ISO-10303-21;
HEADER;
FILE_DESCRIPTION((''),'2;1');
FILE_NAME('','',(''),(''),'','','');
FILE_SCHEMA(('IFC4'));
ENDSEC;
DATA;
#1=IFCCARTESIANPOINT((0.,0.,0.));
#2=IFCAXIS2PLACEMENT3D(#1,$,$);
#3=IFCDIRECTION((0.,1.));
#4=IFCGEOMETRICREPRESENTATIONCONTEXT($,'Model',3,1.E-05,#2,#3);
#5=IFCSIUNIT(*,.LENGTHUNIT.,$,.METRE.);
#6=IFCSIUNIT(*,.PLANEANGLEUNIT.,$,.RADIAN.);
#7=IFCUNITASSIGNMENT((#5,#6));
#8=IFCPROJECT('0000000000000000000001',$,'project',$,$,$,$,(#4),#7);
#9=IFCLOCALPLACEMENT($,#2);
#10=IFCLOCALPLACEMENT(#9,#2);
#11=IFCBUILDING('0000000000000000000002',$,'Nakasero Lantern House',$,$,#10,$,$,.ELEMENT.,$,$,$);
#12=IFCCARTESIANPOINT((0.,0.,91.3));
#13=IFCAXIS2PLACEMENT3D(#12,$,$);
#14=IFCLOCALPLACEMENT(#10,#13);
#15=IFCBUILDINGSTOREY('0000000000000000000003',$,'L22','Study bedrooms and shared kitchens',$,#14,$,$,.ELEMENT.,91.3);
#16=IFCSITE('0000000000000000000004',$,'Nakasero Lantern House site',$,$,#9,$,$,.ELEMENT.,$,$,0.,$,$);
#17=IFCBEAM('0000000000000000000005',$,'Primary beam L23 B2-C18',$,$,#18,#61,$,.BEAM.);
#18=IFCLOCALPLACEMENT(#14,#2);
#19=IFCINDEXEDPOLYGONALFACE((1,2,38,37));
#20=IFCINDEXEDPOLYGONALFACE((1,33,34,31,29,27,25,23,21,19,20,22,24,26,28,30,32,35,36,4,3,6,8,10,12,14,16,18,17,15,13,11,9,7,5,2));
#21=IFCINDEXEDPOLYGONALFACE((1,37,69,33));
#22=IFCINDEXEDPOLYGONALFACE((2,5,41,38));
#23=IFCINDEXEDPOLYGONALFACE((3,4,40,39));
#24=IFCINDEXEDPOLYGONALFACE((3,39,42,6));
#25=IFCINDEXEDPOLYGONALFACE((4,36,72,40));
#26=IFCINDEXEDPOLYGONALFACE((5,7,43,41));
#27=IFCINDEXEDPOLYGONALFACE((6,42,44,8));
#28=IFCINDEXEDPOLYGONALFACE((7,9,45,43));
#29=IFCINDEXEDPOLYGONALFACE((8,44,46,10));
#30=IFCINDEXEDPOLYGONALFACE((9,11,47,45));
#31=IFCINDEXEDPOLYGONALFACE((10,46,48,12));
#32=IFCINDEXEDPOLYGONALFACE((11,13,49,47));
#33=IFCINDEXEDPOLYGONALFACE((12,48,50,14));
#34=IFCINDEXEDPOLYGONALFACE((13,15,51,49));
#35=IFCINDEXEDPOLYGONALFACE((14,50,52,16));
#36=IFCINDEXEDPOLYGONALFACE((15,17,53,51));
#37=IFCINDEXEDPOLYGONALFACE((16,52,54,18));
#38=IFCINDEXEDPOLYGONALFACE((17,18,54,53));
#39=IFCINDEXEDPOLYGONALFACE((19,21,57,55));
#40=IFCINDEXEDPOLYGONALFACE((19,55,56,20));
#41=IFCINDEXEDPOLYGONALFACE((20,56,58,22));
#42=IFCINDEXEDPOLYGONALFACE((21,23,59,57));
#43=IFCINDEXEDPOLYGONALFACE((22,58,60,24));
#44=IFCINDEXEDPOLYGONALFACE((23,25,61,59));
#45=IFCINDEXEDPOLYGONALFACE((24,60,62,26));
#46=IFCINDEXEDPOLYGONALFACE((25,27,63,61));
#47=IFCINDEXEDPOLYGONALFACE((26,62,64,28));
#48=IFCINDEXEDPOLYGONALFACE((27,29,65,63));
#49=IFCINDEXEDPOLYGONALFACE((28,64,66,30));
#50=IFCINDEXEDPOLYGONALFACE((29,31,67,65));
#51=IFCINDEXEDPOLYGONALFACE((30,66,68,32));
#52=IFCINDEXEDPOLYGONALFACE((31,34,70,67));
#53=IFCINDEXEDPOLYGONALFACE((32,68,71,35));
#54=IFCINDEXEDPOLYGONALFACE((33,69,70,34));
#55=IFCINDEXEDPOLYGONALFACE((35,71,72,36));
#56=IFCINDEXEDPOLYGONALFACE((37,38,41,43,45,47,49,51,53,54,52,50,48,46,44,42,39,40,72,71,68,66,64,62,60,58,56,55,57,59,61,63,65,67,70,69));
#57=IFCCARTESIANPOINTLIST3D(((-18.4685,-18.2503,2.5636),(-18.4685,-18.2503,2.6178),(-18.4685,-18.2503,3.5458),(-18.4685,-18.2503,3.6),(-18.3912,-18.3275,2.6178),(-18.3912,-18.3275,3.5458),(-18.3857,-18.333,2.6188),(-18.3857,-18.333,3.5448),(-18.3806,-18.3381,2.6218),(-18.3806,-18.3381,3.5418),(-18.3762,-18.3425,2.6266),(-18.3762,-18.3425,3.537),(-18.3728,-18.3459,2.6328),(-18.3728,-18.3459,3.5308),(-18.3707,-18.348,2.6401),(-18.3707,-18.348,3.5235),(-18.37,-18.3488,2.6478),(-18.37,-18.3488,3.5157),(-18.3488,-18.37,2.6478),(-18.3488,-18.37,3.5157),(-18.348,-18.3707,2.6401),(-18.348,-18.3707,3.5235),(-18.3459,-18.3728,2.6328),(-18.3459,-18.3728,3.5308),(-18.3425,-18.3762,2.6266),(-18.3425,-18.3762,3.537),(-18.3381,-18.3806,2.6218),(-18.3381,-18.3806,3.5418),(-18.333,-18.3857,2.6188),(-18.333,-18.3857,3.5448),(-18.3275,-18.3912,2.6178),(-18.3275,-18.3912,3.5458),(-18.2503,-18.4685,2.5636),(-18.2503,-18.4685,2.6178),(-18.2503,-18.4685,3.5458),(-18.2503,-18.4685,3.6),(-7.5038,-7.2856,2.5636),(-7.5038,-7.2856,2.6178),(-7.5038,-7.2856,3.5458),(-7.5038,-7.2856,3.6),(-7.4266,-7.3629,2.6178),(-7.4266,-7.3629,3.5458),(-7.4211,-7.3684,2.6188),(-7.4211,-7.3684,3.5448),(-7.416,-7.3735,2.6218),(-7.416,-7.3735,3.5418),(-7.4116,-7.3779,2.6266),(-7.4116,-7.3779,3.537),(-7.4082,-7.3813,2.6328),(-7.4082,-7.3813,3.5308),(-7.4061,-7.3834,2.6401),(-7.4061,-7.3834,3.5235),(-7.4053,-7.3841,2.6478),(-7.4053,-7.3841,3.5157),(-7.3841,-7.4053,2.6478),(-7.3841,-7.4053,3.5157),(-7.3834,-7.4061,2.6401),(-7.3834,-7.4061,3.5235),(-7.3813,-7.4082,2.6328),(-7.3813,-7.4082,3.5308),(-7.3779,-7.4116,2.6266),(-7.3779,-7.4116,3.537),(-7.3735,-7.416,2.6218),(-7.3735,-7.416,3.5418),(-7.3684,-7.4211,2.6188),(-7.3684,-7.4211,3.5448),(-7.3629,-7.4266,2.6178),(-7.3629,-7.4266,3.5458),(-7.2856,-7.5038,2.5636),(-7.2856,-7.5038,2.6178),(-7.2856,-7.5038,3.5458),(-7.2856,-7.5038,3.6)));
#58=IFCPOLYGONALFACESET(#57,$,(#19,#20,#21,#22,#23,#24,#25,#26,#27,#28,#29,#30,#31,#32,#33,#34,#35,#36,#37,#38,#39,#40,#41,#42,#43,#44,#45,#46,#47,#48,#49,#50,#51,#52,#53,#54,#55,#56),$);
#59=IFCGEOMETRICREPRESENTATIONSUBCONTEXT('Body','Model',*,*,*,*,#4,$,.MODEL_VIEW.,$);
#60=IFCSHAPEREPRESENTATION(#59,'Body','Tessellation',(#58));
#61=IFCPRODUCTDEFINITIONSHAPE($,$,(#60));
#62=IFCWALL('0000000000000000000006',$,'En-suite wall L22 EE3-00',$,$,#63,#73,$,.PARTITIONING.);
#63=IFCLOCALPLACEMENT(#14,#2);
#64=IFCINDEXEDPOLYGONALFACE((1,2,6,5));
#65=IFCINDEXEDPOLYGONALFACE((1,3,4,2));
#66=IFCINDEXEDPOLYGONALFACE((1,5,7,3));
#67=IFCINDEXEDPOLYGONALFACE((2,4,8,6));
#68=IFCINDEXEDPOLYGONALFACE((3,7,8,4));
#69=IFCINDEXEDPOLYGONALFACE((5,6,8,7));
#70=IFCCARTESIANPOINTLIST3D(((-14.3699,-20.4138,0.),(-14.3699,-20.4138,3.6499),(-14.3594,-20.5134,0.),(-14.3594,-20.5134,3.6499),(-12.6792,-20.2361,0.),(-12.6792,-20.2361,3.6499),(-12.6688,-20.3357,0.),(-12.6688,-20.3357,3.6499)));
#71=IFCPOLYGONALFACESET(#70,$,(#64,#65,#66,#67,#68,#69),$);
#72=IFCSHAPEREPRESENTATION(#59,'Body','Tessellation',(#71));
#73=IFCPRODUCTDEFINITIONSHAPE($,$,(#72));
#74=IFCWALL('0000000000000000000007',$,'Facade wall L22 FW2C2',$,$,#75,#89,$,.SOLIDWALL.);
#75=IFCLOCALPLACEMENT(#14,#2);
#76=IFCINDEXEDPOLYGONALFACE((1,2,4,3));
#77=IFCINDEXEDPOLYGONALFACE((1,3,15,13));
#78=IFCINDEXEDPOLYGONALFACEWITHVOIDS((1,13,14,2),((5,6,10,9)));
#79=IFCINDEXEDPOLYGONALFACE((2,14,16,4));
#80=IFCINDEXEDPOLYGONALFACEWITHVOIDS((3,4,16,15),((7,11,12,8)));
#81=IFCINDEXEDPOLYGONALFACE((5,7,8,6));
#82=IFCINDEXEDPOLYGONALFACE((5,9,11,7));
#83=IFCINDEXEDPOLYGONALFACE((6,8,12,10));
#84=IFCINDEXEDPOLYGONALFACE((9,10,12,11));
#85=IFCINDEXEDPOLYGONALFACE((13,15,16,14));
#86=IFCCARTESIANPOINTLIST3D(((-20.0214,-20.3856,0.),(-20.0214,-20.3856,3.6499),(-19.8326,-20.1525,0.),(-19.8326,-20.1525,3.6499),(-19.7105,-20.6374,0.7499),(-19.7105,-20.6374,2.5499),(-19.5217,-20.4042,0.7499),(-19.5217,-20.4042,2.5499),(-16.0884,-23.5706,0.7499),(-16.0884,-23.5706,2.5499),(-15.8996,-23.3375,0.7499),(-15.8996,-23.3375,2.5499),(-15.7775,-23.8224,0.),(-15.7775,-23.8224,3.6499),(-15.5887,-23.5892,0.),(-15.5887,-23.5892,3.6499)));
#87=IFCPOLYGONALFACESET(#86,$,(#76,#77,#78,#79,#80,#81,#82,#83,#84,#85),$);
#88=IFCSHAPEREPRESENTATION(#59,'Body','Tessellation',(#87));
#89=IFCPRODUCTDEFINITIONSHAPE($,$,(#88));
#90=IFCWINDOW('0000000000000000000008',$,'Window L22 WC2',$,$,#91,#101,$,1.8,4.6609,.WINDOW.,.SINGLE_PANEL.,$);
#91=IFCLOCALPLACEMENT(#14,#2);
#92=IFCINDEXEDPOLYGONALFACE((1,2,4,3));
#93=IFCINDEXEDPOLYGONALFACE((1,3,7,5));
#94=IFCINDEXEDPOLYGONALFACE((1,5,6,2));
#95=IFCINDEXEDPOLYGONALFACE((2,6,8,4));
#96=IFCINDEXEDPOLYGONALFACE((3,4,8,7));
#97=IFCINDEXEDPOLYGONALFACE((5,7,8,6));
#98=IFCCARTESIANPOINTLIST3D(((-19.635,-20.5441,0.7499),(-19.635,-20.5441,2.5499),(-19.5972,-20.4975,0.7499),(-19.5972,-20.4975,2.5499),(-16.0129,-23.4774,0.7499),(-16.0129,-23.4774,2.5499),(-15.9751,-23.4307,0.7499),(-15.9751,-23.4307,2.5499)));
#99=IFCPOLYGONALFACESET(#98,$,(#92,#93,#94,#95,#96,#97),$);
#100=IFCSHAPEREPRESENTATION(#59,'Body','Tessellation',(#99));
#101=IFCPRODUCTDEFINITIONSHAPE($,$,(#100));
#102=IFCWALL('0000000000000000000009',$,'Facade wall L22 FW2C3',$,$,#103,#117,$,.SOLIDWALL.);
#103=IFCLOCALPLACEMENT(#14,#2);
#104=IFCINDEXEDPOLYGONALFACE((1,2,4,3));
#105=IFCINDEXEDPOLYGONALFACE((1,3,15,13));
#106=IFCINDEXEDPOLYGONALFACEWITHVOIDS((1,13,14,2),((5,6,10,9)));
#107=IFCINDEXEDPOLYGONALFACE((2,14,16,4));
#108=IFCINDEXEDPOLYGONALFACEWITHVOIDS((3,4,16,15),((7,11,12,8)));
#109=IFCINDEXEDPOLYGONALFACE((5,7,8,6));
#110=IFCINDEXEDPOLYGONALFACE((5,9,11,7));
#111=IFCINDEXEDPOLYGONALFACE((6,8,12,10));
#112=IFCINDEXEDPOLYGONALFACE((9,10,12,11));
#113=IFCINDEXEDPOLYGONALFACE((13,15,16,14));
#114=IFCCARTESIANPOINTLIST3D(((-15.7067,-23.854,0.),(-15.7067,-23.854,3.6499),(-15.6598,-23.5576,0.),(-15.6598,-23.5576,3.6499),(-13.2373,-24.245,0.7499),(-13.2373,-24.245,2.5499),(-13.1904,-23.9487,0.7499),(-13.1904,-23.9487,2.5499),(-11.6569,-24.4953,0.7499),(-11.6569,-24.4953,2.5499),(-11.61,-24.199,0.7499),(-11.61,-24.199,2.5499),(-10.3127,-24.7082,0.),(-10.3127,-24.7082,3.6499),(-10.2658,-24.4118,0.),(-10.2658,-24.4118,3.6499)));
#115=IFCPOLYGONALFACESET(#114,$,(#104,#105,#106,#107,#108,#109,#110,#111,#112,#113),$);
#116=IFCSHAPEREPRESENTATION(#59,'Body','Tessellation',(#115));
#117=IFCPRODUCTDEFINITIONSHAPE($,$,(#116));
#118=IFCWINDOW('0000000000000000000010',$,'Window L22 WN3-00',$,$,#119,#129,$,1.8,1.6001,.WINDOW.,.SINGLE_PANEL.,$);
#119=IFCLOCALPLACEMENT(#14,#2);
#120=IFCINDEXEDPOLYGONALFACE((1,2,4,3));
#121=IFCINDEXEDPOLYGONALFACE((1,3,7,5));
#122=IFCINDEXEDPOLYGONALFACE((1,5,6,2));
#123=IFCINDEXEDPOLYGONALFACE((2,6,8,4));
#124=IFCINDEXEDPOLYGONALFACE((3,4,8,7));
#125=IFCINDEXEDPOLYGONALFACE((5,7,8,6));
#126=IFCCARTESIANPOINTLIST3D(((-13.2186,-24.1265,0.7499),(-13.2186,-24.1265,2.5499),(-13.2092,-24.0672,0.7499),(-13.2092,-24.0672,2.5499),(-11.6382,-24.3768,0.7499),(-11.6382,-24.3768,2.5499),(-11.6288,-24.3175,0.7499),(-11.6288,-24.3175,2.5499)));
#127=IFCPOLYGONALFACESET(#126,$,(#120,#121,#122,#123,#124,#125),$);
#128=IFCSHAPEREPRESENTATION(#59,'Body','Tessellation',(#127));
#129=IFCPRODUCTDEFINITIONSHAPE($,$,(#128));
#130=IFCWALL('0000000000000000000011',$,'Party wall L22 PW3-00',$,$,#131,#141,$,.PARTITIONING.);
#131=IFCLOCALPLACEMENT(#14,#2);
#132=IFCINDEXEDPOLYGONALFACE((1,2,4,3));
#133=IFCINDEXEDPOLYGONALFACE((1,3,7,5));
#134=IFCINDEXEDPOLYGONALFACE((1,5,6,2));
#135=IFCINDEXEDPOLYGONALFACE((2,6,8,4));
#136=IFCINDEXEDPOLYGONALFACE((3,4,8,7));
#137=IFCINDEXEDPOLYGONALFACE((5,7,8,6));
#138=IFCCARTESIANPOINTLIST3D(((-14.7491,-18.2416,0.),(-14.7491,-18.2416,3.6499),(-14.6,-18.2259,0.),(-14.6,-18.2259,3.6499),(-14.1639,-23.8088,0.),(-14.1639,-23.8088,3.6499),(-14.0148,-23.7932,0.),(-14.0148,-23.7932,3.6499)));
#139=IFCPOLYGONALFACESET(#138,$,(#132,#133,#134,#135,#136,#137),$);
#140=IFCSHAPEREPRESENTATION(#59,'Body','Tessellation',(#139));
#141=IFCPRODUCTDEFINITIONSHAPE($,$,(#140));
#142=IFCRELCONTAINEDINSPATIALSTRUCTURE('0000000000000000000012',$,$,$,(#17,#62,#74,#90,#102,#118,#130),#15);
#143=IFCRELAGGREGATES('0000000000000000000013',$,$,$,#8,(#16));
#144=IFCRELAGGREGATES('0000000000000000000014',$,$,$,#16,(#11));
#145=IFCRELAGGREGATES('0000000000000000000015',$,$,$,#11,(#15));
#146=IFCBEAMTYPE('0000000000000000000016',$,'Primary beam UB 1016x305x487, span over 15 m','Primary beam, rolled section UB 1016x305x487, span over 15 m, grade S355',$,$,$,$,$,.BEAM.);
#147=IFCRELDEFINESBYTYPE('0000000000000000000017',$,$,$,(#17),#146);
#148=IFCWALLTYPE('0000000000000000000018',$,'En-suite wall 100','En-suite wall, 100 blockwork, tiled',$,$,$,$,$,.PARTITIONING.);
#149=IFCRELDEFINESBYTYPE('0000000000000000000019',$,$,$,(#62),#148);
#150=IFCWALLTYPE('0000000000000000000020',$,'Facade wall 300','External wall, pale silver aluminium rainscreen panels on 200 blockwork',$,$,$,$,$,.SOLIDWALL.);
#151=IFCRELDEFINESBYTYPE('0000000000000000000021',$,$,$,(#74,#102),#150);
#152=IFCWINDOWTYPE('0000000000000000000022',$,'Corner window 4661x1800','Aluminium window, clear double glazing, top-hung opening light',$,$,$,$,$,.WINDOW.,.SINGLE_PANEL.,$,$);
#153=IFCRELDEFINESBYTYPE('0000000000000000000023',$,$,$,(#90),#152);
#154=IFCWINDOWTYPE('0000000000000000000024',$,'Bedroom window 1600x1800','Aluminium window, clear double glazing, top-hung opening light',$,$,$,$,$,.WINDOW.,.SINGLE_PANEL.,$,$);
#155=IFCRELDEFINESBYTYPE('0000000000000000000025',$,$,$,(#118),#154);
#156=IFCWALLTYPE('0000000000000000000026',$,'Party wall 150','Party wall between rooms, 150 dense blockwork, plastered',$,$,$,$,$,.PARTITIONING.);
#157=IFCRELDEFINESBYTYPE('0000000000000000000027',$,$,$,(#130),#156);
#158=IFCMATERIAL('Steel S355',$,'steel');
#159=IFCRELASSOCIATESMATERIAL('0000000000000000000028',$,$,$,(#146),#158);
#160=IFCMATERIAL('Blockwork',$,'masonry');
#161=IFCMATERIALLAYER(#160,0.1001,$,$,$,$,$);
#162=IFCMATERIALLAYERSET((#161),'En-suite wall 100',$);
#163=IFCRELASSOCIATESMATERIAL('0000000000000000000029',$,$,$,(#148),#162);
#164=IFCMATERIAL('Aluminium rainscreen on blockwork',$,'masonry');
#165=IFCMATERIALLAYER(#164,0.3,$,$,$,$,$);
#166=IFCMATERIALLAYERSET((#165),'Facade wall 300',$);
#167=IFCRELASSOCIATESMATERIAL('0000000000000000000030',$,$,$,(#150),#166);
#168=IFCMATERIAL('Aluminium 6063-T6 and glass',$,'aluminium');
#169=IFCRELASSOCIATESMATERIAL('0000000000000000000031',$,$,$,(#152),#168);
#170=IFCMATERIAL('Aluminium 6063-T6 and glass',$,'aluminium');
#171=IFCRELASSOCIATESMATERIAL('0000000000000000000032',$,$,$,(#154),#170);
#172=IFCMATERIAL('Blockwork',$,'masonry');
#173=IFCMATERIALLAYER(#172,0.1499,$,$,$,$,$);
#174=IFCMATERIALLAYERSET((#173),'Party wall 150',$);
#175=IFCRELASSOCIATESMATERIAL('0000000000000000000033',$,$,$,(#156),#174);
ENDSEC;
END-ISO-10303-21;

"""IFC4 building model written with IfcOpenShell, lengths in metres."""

from ifc_helpers import new_model, si_unit, direction, frame, frame_2d, origin, origin_2d, place, context, subcontext, project, spatial, rectangle, i_section, extrude, material, layer, layer_set, material_profile, profile_set, type_object, element, fill, save


model = new_model("IFC4")

# Units and contexts
model_context = context("Model", 3, precision=1e-05, world=origin(), true_north=direction((0.0, 1.0)))
body_context = subcontext(model_context, "Body", "Model", "MODEL_VIEW")
ifc_project = project(units=[si_unit("LENGTHUNIT", "METRE"), si_unit("PLANEANGLEUNIT", "RADIAN")], contexts=[model_context])

# Site, building, storey
site_placement = place(None, origin())
site = spatial("IfcSite", under=ifc_project, at=site_placement, Name="Nakasero Lantern House site", CompositionType="ELEMENT", RefElevation=0.0)
building_placement = place(site_placement, origin())
building = spatial("IfcBuilding", under=site, at=building_placement, Name="Nakasero Lantern House", CompositionType="ELEMENT")
storey_placement = place(building_placement, frame((0.0, 0.0, 91.3)))
storey = spatial("IfcBuildingStorey", under=building, at=storey_placement, Name="L22", Description="Study bedrooms and shared kitchens", CompositionType="ELEMENT", Elevation=91.3)

# Beam
ifc_material_1 = material(Name="Steel S355", Category="steel")
ifc_material_profile_1 = material_profile(ifc_material_1, i_section(OverallWidth=0.3086, OverallDepth=1.0364, WebThickness=0.03, FlangeThickness=0.0542, FilletRadius=0.03, at=origin_2d()), Name="UB 1016x305x487")
ifc_profile_set_1 = profile_set([ifc_material_profile_1], Name="Steel S355")
beam_type_1 = type_object("IfcBeamType", Name="Primary beam UB 1016x305x487, span over 15 m", Description="Primary beam, rolled section UB 1016x305x487, span over 15 m, grade S355", PredefinedType="BEAM", material=ifc_profile_set_1)
beam_1_placement = place(storey_placement, frame((-18.3594, -18.3594, 3.0818), z_axis=(0.707107, 0.707107, 0.0), x_axis=(-0.707107, 0.707107, 0.0)))
element("IfcBeam", 1, at=beam_1_placement, inside=storey, type_object=beam_type_1, Name="Primary beam L23 B2-C18", PredefinedType="BEAM", context=body_context, shape_type="SweptSolid", body=[
    extrude(i_section(OverallWidth=0.3086, OverallDepth=1.0364, WebThickness=0.03, FlangeThickness=0.0542, FilletRadius=0.03, at=origin_2d()), origin(), (0.0, 0.0, 1.0), 15.5063),
])

# Wall
ifc_material_2 = material(Name="Blockwork", Category="masonry")
ifc_layer_1 = layer(ifc_material_2, 0.1001)
ifc_layer_set_1 = layer_set([ifc_layer_1], Name="En-suite wall 100")
wall_type_1 = type_object("IfcWallType", Name="En-suite wall 100", Description="En-suite wall, 100 blockwork, tiled", PredefinedType="PARTITIONING", material=ifc_layer_set_1)
wall_1_placement = place(storey_placement, frame((-14.3647, -20.4636, 0.0), z_axis=(0.0, 0.0, 1.0), x_axis=(0.99452, 0.10455, 0.0)))
element("IfcWall", 2, at=wall_1_placement, inside=storey, type_object=wall_type_1, Name="En-suite wall L22 EE3-00", PredefinedType="PARTITIONING", context=body_context, shape_type="SweptSolid", body=[
    extrude(rectangle(XDim=1.7, YDim=0.1001, at=frame_2d((0.8501, 0.0))), origin(), (0.0, 0.0, 1.0), 3.6499),
])

# Walls, openings, windows
ifc_material_3 = material(Name="Aluminium rainscreen on blockwork", Category="masonry")
ifc_layer_2 = layer(ifc_material_3, 0.3)
ifc_layer_set_2 = layer_set([ifc_layer_2], Name="Facade wall 300")
wall_type_2 = type_object("IfcWallType", Name="Facade wall 300", Description="External wall, pale silver aluminium rainscreen panels on 200 blockwork", PredefinedType="SOLIDWALL", material=ifc_layer_set_2)
wall_2_placement = place(storey_placement, frame((-19.927, -20.269, 0.0), z_axis=(0.0, 0.0, 1.0), x_axis=(0.777135, -0.629335, 0.0)))
wall_2 = element("IfcWall", 3, at=wall_2_placement, inside=storey, type_object=wall_type_2, Name="Facade wall L22 FW2C2", PredefinedType="SOLIDWALL", context=body_context, shape_type="SweptSolid", body=[
    extrude(rectangle(XDim=5.4609, YDim=0.3, at=frame_2d((2.7305, 0.0))), origin(), (0.0, 0.0, 1.0), 3.6499),
])
opening_1_placement = place(wall_2_placement, frame((0.3999, 0.0, 0.75)))
opening_1 = element("IfcOpeningElement", 4, at=opening_1_placement, cuts=wall_2, PredefinedType="OPENING", context=body_context, shape_type="SweptSolid", body=[
    extrude(rectangle(XDim=4.6609, YDim=1.8, at=frame_2d((2.3306, 0.8999))), frame((0.0, 0.1699, 0.0), z_axis=(0.0, -1.0, 0.0), x_axis=(1.0, 0.0, 0.0)), (0.0, 0.0, 1.0), 0.3401),
])
ifc_material_4 = material(Name="Aluminium 6063-T6 and glass", Category="aluminium")
window_type_1 = type_object("IfcWindowType", Name="Corner window 4661x1800", Description="Aluminium window, clear double glazing, top-hung opening light", PartitioningType="SINGLE_PANEL", PredefinedType="WINDOW", material=ifc_material_4)
window_1_placement = place(opening_1_placement, origin())
window_1 = element("IfcWindow", 5, at=window_1_placement, inside=storey, type_object=window_type_1, Name="Window L22 WC2", OverallHeight=1.8, OverallWidth=4.6609, PartitioningType="SINGLE_PANEL", PredefinedType="WINDOW", context=body_context, shape_type="SweptSolid", body=[
    extrude(rectangle(XDim=4.6609, YDim=1.8, at=frame_2d((2.3306, 0.8999))), frame((0.0, 0.03, 0.0), z_axis=(0.0, -1.0, 0.0), x_axis=(1.0, 0.0, 0.0)), (0.0, 0.0, 1.0), 0.0601),
])
fill(opening_1, window_1)
wall_3_placement = place(storey_placement, frame((-15.6831, -23.7058, 0.0), z_axis=(0.0, 0.0, 1.0), x_axis=(0.987691, -0.156419, 0.0)))
wall_3 = element("IfcWall", 6, at=wall_3_placement, inside=storey, type_object=wall_type_2, Name="Facade wall L22 FW2C3", PredefinedType="SOLIDWALL", context=body_context, shape_type="SweptSolid", body=[
    extrude(rectangle(XDim=5.4612, YDim=0.3, at=frame_2d((2.7305, 0.0))), origin(), (0.0, 0.0, 1.0), 3.6499),
])
opening_2_placement = place(wall_3_placement, frame((2.5, 0.0, 0.75)))
opening_2 = element("IfcOpeningElement", 7, at=opening_2_placement, cuts=wall_3, PredefinedType="OPENING", context=body_context, shape_type="SweptSolid", body=[
    extrude(rectangle(XDim=1.6001, YDim=1.8, at=frame_2d((0.8, 0.8999))), frame((0.0, 0.1699, 0.0), z_axis=(0.0, -1.0, 0.0), x_axis=(1.0, 0.0, 0.0)), (0.0, 0.0, 1.0), 0.3401),
])
ifc_material_5 = material(Name="Aluminium 6063-T6 and glass", Category="aluminium")
window_type_2 = type_object("IfcWindowType", Name="Bedroom window 1600x1800", Description="Aluminium window, clear double glazing, top-hung opening light", PartitioningType="SINGLE_PANEL", PredefinedType="WINDOW", material=ifc_material_5)
window_2_placement = place(opening_2_placement, origin())
window_2 = element("IfcWindow", 8, at=window_2_placement, inside=storey, type_object=window_type_2, Name="Window L22 WN3-00", OverallHeight=1.8, OverallWidth=1.6001, PartitioningType="SINGLE_PANEL", PredefinedType="WINDOW", context=body_context, shape_type="SweptSolid", body=[
    extrude(rectangle(XDim=1.6001, YDim=1.8, at=frame_2d((0.8, 0.8999))), frame((0.0, 0.03, 0.0), z_axis=(0.0, -1.0, 0.0), x_axis=(1.0, 0.0, 0.0)), (0.0, 0.0, 1.0), 0.0601),
])
fill(opening_2, window_2)

# Wall
ifc_material_6 = material(Name="Blockwork", Category="masonry")
ifc_layer_3 = layer(ifc_material_6, 0.1499)
ifc_layer_set_3 = layer_set([ifc_layer_3], Name="Party wall 150")
wall_type_3 = type_object("IfcWallType", Name="Party wall 150", Description="Party wall between rooms, 150 dense blockwork, plastered", PredefinedType="PARTITIONING", material=ifc_layer_set_3)
wall_4_placement = place(storey_placement, frame((-14.6746, -18.2339, 0.0), z_axis=(0.0, 0.0, 1.0), x_axis=(0.104542, -0.99452, 0.0)))
element("IfcWall", 9, at=wall_4_placement, inside=storey, type_object=wall_type_3, Name="Party wall L22 PW3-00", PredefinedType="PARTITIONING", context=body_context, shape_type="SweptSolid", body=[
    extrude(rectangle(XDim=5.5979, YDim=0.1499, at=frame_2d((2.7988, 0.0))), origin(), (0.0, 0.0, 1.0), 3.6499),
])

save(model, "model.ifc")
